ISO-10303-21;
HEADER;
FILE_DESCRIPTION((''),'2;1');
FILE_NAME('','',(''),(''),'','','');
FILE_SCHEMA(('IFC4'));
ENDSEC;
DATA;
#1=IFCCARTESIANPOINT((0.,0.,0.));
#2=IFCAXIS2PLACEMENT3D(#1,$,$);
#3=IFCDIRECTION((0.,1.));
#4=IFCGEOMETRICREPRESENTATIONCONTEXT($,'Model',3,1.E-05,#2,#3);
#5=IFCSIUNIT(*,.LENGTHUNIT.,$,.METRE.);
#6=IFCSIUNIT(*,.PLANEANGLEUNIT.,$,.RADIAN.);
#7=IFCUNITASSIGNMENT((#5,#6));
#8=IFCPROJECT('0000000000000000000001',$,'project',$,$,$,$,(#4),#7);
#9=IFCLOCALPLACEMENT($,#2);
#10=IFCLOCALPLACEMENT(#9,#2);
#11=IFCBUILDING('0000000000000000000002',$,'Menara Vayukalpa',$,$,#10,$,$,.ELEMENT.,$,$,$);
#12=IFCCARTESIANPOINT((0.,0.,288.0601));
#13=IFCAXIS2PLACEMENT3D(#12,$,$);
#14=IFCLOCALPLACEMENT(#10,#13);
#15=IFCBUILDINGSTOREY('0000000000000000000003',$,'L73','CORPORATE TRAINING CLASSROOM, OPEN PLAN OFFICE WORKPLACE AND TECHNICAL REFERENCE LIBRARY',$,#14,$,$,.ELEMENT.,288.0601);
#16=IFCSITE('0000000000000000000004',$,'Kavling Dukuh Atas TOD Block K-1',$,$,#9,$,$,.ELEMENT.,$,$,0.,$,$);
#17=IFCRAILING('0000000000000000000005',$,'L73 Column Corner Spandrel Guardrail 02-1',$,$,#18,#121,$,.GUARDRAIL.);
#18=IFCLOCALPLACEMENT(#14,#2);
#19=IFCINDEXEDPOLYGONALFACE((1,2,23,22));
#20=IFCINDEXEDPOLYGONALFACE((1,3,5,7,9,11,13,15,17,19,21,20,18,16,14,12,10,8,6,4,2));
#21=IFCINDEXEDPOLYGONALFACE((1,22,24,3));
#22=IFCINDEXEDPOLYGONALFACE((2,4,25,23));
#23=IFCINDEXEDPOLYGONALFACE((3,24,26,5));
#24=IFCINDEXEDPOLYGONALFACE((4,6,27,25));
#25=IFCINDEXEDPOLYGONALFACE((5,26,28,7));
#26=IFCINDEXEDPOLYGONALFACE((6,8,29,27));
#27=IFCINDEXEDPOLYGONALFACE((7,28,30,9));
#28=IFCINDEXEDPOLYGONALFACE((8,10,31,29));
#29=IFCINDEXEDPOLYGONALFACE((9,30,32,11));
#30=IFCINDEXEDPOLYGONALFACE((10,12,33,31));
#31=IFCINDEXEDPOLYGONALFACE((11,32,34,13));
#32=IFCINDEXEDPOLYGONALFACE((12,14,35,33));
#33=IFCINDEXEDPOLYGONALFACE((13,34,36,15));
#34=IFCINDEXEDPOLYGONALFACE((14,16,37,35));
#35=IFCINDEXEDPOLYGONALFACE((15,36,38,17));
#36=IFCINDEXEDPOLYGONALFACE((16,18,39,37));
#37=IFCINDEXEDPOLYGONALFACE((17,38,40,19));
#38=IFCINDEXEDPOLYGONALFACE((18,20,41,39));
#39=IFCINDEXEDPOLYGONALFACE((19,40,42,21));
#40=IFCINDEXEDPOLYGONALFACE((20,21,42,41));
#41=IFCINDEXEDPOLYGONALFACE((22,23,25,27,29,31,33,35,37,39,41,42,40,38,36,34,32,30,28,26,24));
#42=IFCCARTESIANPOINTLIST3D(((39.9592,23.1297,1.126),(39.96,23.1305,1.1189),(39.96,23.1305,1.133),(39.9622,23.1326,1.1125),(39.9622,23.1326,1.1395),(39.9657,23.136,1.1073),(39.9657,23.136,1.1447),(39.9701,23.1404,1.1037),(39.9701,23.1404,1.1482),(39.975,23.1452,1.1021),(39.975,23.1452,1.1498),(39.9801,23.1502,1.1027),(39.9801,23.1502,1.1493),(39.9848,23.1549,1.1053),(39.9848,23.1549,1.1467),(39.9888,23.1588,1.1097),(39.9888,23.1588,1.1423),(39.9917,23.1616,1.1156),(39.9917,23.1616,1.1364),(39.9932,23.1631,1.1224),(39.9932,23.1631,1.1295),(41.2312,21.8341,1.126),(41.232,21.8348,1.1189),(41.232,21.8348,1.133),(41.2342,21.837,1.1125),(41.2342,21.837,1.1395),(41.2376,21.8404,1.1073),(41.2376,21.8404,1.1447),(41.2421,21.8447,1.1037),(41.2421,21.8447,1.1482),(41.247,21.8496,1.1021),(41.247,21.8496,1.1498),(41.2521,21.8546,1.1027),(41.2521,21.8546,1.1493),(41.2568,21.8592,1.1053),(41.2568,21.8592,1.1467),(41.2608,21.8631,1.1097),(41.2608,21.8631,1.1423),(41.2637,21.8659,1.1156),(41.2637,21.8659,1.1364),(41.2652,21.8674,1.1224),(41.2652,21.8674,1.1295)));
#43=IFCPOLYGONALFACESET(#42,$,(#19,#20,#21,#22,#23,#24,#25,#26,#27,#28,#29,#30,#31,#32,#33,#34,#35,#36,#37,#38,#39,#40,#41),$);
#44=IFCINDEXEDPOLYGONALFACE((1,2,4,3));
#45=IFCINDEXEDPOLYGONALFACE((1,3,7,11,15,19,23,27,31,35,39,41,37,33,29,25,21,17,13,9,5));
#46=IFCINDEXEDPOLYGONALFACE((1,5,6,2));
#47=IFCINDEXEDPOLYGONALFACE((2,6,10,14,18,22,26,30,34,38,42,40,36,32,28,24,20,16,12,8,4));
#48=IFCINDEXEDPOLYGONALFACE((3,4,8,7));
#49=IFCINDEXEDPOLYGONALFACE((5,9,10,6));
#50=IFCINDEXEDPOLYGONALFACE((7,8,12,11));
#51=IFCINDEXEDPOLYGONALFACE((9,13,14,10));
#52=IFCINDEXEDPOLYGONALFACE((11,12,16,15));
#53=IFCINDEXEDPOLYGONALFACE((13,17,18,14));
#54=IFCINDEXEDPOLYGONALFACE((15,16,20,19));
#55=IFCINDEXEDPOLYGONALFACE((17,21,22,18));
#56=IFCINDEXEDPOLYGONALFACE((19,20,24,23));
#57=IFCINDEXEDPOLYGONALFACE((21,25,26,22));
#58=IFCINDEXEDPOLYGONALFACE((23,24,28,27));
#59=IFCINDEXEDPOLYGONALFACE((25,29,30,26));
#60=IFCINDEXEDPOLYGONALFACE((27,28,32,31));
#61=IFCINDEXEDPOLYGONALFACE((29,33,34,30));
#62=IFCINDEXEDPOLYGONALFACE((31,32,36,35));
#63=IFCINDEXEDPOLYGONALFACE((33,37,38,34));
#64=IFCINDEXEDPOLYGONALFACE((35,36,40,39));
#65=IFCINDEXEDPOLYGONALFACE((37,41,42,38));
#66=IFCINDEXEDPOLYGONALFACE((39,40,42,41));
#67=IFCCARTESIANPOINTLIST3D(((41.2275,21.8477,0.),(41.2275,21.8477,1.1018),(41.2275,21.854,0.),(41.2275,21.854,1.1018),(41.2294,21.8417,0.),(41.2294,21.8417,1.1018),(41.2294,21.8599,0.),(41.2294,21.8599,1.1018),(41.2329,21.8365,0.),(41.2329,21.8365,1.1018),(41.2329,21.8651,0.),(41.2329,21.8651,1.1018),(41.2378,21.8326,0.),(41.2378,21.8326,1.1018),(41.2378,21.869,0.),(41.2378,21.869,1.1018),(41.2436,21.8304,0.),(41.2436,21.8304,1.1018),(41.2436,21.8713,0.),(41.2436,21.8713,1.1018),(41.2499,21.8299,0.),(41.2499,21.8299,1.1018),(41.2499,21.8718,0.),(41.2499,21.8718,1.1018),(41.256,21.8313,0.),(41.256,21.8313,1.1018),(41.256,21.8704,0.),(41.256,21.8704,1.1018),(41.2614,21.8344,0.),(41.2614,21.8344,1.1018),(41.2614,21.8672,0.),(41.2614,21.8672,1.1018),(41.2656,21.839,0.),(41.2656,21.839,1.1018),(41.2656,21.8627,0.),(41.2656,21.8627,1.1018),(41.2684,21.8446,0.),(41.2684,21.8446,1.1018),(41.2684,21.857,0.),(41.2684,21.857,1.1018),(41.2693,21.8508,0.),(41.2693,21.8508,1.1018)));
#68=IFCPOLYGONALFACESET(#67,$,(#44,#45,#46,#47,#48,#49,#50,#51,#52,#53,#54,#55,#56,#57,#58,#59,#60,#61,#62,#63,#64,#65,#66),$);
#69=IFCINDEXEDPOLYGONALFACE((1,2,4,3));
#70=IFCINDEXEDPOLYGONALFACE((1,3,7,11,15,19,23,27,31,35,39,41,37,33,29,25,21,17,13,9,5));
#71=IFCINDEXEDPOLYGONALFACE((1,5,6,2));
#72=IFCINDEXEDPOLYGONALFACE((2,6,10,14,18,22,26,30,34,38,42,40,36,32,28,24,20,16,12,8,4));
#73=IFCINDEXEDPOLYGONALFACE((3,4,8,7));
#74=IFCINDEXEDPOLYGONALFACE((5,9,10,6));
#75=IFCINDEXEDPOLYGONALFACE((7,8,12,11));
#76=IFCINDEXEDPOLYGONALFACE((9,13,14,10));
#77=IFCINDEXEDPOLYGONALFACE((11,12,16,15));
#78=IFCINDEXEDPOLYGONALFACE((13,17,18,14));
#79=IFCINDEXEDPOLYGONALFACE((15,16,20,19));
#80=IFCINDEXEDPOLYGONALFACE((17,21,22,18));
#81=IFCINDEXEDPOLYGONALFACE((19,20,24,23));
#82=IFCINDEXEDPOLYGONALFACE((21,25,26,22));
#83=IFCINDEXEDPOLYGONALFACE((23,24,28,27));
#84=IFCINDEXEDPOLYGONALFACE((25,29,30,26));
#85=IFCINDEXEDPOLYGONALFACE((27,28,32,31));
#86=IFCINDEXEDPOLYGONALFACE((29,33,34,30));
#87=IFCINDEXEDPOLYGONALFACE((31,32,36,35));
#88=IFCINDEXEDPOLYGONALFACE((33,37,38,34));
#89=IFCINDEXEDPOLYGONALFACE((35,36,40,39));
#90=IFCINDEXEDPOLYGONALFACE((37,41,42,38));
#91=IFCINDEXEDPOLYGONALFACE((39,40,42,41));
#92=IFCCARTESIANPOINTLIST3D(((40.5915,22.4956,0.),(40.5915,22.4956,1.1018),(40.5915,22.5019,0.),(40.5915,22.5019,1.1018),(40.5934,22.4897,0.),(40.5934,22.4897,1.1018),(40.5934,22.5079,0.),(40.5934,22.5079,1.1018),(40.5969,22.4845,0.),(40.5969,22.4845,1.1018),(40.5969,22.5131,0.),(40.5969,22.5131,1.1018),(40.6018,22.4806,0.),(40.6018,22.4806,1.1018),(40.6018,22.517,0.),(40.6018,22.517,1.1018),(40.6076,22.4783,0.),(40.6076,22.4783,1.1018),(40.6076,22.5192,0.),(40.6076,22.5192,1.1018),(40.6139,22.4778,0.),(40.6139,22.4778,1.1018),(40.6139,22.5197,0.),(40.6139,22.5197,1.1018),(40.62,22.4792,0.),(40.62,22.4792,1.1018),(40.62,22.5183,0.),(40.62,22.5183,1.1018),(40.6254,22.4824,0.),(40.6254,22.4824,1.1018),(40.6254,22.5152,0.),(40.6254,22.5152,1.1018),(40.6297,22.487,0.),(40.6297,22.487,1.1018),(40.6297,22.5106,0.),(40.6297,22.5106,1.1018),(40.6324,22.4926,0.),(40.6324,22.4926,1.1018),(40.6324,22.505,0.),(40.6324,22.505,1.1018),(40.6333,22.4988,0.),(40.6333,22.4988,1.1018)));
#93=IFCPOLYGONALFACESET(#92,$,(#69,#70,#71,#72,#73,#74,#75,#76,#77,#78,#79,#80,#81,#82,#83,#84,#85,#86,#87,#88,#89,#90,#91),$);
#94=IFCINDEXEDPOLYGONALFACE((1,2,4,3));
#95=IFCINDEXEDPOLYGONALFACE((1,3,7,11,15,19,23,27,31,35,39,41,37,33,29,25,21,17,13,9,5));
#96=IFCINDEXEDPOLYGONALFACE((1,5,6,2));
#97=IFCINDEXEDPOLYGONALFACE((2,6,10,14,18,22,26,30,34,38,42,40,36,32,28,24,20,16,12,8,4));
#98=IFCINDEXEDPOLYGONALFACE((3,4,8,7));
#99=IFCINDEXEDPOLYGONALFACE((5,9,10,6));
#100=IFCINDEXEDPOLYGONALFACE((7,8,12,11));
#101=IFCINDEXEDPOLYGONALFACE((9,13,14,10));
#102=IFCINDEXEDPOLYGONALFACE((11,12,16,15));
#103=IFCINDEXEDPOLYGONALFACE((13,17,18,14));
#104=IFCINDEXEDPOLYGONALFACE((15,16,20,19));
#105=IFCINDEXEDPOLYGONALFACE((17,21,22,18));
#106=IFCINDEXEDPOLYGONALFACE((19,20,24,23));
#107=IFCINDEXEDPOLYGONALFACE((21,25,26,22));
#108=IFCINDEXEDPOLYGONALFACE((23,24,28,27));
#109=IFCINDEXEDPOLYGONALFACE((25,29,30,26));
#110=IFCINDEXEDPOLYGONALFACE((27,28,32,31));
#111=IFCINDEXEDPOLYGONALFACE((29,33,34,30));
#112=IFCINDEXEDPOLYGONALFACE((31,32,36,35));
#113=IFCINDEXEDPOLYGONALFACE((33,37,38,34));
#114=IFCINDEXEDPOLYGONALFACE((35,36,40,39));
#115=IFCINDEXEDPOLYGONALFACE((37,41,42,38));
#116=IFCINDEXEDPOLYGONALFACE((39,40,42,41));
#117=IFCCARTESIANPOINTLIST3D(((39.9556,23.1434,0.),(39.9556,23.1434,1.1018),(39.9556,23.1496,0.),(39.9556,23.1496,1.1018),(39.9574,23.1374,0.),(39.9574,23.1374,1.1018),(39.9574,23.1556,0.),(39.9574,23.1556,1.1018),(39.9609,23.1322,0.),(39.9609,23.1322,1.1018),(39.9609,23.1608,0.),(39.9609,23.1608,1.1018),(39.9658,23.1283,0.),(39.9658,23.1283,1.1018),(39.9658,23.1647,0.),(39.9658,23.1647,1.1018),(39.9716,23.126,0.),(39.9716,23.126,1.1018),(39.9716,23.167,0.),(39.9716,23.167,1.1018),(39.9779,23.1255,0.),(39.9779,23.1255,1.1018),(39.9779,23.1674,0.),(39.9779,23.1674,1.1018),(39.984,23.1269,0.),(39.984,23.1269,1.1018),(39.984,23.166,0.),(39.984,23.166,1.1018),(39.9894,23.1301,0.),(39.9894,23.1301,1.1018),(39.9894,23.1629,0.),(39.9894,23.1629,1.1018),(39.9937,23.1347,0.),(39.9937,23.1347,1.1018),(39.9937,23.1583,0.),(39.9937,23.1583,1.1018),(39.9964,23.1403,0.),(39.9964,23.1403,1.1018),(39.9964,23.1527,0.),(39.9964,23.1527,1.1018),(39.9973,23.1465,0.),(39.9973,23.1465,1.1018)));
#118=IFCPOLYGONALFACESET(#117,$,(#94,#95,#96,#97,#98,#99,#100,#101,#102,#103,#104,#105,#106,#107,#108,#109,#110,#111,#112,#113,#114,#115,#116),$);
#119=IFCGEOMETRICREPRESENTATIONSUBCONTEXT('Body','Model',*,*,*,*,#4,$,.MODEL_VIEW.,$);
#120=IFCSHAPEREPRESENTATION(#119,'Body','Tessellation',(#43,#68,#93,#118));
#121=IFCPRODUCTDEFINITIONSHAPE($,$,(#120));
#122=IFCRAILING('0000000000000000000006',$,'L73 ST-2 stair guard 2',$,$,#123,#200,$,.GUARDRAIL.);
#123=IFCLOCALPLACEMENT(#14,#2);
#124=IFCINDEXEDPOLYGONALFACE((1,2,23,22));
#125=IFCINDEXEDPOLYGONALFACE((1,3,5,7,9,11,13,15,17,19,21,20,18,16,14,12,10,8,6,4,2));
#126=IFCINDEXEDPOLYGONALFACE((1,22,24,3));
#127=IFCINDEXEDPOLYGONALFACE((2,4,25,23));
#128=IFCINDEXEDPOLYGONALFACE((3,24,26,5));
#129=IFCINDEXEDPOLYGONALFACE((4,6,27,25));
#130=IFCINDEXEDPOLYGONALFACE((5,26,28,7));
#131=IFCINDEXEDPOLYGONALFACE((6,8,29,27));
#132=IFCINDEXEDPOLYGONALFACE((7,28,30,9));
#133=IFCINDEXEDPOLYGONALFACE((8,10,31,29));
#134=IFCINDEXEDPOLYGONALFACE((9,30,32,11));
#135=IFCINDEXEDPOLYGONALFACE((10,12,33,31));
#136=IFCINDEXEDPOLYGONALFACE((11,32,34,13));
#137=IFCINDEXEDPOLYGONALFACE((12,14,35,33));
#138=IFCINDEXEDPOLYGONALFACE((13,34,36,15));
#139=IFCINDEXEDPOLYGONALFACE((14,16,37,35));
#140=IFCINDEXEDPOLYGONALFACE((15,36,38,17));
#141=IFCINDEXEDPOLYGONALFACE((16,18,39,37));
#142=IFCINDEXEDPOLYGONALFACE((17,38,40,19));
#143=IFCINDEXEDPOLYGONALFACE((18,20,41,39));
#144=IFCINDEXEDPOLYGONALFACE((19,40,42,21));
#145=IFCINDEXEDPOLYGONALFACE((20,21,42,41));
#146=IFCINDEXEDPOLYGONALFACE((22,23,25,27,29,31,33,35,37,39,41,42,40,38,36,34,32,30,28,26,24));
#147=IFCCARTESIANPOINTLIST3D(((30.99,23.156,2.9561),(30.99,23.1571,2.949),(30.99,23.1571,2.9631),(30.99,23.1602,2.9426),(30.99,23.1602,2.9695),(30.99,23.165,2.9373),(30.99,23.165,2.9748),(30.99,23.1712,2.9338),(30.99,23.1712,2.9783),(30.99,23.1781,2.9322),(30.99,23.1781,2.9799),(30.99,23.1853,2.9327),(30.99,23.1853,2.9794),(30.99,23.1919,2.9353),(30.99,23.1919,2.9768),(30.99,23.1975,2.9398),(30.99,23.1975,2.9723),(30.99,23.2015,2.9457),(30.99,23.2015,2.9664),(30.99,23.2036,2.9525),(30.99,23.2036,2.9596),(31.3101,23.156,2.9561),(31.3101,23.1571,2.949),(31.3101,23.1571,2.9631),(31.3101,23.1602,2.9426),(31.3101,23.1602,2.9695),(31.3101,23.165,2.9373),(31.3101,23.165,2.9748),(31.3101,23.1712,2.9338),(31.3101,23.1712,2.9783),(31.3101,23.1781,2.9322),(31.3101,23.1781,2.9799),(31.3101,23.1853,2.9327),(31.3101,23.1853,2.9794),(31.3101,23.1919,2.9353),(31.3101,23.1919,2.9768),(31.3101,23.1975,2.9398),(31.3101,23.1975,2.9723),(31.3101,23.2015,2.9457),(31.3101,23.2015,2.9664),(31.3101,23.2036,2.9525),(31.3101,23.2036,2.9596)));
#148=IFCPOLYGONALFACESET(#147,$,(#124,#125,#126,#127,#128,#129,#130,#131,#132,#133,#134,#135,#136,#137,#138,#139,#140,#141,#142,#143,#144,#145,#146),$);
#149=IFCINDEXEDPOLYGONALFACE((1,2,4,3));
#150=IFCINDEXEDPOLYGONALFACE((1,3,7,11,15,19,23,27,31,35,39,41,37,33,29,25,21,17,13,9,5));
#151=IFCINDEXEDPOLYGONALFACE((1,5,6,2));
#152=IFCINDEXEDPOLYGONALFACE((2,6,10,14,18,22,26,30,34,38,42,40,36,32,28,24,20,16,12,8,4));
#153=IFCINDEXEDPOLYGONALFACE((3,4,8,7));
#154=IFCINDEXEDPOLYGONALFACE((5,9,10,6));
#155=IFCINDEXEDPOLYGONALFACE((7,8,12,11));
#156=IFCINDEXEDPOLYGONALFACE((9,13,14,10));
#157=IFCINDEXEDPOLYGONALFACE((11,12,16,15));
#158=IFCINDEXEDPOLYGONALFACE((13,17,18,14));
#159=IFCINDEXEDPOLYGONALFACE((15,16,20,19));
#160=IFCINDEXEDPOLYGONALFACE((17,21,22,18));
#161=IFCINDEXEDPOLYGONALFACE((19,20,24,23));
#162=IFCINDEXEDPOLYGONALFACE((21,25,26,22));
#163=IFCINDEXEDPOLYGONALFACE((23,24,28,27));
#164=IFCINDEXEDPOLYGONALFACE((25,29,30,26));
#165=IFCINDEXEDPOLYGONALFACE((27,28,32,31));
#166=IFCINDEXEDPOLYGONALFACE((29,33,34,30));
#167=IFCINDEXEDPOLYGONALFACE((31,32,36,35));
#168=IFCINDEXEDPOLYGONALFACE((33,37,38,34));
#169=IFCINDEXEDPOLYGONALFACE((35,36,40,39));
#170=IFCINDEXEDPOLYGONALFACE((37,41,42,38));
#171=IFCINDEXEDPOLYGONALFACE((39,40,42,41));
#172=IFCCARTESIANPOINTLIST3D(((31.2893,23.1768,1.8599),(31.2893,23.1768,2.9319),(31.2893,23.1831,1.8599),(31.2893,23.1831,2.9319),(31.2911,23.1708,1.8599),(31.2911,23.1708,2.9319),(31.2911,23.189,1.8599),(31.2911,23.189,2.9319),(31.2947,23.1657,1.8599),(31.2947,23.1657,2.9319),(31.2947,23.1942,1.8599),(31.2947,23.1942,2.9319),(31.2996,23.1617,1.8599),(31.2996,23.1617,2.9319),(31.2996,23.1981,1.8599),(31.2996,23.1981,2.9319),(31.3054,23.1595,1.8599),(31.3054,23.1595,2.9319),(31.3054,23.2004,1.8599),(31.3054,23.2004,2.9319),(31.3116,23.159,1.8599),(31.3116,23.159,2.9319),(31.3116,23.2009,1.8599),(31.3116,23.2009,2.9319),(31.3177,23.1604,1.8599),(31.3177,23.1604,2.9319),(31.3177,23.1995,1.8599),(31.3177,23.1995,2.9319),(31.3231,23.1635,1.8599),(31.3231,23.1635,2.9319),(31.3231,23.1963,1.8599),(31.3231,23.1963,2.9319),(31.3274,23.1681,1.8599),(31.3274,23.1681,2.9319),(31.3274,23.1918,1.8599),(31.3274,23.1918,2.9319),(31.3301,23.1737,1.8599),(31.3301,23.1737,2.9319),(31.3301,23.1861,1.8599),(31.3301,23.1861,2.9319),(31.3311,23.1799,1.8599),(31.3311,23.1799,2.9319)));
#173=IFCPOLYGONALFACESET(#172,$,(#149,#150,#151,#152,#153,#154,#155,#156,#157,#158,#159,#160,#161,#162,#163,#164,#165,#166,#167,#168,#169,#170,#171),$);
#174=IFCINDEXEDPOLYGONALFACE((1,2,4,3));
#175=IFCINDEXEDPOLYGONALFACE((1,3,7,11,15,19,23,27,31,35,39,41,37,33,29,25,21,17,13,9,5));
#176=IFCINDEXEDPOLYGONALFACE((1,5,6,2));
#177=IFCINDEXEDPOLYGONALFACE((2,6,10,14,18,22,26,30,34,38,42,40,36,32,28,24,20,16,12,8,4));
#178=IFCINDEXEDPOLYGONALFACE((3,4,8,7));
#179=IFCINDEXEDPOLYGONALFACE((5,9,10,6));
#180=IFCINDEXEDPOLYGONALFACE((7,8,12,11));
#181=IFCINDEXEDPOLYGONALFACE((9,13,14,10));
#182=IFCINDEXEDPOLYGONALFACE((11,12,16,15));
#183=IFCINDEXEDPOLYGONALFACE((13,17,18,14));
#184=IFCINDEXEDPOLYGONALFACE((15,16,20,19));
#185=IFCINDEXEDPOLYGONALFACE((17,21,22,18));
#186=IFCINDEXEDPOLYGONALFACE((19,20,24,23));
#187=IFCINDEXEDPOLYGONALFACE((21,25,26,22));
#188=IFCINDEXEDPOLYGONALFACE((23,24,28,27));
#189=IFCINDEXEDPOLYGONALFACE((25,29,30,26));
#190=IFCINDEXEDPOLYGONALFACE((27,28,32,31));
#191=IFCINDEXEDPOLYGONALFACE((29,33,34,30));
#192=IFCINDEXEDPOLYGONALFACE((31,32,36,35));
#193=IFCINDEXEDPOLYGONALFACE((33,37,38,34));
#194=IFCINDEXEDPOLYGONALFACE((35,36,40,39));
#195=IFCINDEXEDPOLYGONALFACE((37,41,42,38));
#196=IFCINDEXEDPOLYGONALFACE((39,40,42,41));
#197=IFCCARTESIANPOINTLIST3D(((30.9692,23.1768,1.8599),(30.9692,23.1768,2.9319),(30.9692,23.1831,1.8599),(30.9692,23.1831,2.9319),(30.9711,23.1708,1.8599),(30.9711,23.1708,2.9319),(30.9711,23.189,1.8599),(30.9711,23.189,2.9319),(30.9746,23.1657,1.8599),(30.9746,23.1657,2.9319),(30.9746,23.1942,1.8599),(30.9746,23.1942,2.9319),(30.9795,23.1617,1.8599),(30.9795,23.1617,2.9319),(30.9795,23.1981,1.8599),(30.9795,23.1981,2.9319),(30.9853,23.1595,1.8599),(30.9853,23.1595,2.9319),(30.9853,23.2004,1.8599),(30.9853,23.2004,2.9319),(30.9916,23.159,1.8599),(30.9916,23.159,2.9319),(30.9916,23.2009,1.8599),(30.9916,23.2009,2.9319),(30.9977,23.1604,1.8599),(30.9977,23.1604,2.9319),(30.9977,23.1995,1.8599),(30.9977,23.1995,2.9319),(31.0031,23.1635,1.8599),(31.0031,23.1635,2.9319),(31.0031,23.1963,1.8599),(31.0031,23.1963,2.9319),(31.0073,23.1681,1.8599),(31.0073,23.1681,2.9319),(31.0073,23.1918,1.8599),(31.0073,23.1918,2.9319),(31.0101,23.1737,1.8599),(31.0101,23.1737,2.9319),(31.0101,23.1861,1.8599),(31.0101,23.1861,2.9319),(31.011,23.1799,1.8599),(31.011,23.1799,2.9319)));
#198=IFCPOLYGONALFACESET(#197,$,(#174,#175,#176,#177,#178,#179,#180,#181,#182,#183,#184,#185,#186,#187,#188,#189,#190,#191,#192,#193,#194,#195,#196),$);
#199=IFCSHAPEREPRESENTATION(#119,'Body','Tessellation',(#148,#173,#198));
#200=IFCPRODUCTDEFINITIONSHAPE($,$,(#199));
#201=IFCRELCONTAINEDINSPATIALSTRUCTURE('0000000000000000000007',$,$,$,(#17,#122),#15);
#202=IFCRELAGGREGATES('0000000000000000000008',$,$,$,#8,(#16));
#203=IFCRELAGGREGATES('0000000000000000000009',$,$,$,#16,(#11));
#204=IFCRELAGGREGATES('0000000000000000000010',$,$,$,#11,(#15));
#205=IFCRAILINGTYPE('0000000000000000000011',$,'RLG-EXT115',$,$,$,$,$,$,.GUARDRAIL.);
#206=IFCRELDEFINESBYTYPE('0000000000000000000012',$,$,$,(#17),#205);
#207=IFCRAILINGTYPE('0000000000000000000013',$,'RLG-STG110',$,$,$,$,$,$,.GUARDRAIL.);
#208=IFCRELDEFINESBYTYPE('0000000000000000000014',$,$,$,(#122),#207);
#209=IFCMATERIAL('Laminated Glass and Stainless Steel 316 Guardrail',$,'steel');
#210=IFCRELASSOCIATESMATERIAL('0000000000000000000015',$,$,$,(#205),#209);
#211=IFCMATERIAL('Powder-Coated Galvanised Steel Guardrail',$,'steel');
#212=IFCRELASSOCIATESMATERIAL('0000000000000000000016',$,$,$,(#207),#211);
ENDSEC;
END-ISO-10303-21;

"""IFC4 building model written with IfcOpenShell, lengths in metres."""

from ifc_helpers import new_model, si_unit, direction, frame, origin, origin_2d, place, context, subcontext, project, spatial, circle, extrude, material, type_object, element, save


model = new_model("IFC4")

# Units and contexts
model_context = context("Model", 3, precision=1e-05, world=origin(), true_north=direction((0.0, 1.0)))
body_context = subcontext(model_context, "Body", "Model", "MODEL_VIEW")
ifc_project = project(units=[si_unit("LENGTHUNIT", "METRE"), si_unit("PLANEANGLEUNIT", "RADIAN")], contexts=[model_context])

# Site, building, storey
site_placement = place(None, origin())
site = spatial("IfcSite", under=ifc_project, at=site_placement, Name="Kavling Dukuh Atas TOD Block K-1", CompositionType="ELEMENT", RefElevation=0.0)
building_placement = place(site_placement, origin())
building = spatial("IfcBuilding", under=site, at=building_placement, Name="Menara Vayukalpa", CompositionType="ELEMENT")
storey_placement = place(building_placement, frame((0.0, 0.0, 288.0601)))
storey = spatial("IfcBuildingStorey", under=building, at=storey_placement, Name="L73", Description="CORPORATE TRAINING CLASSROOM, OPEN PLAN OFFICE WORKPLACE AND TECHNICAL REFERENCE LIBRARY", CompositionType="ELEMENT", Elevation=288.0601)

# Railings
ifc_material_1 = material(Name="Laminated Glass and Stainless Steel 316 Guardrail", Category="steel")
railing_type_1 = type_object("IfcRailingType", Name="RLG-EXT115", PredefinedType="GUARDRAIL", material=ifc_material_1)
railing_1_placement = place(storey_placement, frame((41.2483, 21.8508, 0.0)))
element("IfcRailing", 1, at=railing_1_placement, inside=storey, type_object=railing_type_1, Name="L73 Column Corner Spandrel Guardrail 02-1", PredefinedType="GUARDRAIL", context=body_context, shape_type="SweptSolid", body=[
    extrude(circle(Radius=0.0239, at=origin_2d()), frame((0.0, 0.0, 1.126), z_axis=(-0.700555, 0.713598, 0.0), x_axis=(-0.713598, -0.700555, 0.0)), (0.0, 0.0, 1.0), 1.8157),
    extrude(circle(Radius=0.021, at=origin_2d()), origin(), (0.0, 0.0, 1.0), 1.1018),
    extrude(circle(Radius=0.021, at=origin_2d()), frame((-0.636, 0.6479, 0.0)), (0.0, 0.0, 1.0), 1.1018),
    extrude(circle(Radius=0.021, at=origin_2d()), frame((-1.272, 1.2957, 0.0)), (0.0, 0.0, 1.0), 1.1018),
])
ifc_material_2 = material(Name="Powder-Coated Galvanised Steel Guardrail", Category="steel")
railing_type_2 = type_object("IfcRailingType", Name="RLG-STG110", PredefinedType="GUARDRAIL", material=ifc_material_2)
railing_2_placement = place(storey_placement, frame((31.3101, 23.1799, 1.8599)))
element("IfcRailing", 2, at=railing_2_placement, inside=storey, type_object=railing_type_2, Name="L73 ST-2 stair guard 2", PredefinedType="GUARDRAIL", context=body_context, shape_type="SweptSolid", body=[
    extrude(circle(Radius=0.0239, at=origin_2d()), frame((0.0, 0.0, 1.0962), z_axis=(-1.0, 0.0, 0.0), x_axis=(0.0, -1.0, 0.0)), (0.0, 0.0, 1.0), 0.3201),
    extrude(circle(Radius=0.021, at=origin_2d()), origin(), (0.0, 0.0, 1.0), 1.072),
    extrude(circle(Radius=0.021, at=origin_2d()), frame((-0.3201, 0.0, 0.0)), (0.0, 0.0, 1.0), 1.072),
])

save(model, "model.ifc")
